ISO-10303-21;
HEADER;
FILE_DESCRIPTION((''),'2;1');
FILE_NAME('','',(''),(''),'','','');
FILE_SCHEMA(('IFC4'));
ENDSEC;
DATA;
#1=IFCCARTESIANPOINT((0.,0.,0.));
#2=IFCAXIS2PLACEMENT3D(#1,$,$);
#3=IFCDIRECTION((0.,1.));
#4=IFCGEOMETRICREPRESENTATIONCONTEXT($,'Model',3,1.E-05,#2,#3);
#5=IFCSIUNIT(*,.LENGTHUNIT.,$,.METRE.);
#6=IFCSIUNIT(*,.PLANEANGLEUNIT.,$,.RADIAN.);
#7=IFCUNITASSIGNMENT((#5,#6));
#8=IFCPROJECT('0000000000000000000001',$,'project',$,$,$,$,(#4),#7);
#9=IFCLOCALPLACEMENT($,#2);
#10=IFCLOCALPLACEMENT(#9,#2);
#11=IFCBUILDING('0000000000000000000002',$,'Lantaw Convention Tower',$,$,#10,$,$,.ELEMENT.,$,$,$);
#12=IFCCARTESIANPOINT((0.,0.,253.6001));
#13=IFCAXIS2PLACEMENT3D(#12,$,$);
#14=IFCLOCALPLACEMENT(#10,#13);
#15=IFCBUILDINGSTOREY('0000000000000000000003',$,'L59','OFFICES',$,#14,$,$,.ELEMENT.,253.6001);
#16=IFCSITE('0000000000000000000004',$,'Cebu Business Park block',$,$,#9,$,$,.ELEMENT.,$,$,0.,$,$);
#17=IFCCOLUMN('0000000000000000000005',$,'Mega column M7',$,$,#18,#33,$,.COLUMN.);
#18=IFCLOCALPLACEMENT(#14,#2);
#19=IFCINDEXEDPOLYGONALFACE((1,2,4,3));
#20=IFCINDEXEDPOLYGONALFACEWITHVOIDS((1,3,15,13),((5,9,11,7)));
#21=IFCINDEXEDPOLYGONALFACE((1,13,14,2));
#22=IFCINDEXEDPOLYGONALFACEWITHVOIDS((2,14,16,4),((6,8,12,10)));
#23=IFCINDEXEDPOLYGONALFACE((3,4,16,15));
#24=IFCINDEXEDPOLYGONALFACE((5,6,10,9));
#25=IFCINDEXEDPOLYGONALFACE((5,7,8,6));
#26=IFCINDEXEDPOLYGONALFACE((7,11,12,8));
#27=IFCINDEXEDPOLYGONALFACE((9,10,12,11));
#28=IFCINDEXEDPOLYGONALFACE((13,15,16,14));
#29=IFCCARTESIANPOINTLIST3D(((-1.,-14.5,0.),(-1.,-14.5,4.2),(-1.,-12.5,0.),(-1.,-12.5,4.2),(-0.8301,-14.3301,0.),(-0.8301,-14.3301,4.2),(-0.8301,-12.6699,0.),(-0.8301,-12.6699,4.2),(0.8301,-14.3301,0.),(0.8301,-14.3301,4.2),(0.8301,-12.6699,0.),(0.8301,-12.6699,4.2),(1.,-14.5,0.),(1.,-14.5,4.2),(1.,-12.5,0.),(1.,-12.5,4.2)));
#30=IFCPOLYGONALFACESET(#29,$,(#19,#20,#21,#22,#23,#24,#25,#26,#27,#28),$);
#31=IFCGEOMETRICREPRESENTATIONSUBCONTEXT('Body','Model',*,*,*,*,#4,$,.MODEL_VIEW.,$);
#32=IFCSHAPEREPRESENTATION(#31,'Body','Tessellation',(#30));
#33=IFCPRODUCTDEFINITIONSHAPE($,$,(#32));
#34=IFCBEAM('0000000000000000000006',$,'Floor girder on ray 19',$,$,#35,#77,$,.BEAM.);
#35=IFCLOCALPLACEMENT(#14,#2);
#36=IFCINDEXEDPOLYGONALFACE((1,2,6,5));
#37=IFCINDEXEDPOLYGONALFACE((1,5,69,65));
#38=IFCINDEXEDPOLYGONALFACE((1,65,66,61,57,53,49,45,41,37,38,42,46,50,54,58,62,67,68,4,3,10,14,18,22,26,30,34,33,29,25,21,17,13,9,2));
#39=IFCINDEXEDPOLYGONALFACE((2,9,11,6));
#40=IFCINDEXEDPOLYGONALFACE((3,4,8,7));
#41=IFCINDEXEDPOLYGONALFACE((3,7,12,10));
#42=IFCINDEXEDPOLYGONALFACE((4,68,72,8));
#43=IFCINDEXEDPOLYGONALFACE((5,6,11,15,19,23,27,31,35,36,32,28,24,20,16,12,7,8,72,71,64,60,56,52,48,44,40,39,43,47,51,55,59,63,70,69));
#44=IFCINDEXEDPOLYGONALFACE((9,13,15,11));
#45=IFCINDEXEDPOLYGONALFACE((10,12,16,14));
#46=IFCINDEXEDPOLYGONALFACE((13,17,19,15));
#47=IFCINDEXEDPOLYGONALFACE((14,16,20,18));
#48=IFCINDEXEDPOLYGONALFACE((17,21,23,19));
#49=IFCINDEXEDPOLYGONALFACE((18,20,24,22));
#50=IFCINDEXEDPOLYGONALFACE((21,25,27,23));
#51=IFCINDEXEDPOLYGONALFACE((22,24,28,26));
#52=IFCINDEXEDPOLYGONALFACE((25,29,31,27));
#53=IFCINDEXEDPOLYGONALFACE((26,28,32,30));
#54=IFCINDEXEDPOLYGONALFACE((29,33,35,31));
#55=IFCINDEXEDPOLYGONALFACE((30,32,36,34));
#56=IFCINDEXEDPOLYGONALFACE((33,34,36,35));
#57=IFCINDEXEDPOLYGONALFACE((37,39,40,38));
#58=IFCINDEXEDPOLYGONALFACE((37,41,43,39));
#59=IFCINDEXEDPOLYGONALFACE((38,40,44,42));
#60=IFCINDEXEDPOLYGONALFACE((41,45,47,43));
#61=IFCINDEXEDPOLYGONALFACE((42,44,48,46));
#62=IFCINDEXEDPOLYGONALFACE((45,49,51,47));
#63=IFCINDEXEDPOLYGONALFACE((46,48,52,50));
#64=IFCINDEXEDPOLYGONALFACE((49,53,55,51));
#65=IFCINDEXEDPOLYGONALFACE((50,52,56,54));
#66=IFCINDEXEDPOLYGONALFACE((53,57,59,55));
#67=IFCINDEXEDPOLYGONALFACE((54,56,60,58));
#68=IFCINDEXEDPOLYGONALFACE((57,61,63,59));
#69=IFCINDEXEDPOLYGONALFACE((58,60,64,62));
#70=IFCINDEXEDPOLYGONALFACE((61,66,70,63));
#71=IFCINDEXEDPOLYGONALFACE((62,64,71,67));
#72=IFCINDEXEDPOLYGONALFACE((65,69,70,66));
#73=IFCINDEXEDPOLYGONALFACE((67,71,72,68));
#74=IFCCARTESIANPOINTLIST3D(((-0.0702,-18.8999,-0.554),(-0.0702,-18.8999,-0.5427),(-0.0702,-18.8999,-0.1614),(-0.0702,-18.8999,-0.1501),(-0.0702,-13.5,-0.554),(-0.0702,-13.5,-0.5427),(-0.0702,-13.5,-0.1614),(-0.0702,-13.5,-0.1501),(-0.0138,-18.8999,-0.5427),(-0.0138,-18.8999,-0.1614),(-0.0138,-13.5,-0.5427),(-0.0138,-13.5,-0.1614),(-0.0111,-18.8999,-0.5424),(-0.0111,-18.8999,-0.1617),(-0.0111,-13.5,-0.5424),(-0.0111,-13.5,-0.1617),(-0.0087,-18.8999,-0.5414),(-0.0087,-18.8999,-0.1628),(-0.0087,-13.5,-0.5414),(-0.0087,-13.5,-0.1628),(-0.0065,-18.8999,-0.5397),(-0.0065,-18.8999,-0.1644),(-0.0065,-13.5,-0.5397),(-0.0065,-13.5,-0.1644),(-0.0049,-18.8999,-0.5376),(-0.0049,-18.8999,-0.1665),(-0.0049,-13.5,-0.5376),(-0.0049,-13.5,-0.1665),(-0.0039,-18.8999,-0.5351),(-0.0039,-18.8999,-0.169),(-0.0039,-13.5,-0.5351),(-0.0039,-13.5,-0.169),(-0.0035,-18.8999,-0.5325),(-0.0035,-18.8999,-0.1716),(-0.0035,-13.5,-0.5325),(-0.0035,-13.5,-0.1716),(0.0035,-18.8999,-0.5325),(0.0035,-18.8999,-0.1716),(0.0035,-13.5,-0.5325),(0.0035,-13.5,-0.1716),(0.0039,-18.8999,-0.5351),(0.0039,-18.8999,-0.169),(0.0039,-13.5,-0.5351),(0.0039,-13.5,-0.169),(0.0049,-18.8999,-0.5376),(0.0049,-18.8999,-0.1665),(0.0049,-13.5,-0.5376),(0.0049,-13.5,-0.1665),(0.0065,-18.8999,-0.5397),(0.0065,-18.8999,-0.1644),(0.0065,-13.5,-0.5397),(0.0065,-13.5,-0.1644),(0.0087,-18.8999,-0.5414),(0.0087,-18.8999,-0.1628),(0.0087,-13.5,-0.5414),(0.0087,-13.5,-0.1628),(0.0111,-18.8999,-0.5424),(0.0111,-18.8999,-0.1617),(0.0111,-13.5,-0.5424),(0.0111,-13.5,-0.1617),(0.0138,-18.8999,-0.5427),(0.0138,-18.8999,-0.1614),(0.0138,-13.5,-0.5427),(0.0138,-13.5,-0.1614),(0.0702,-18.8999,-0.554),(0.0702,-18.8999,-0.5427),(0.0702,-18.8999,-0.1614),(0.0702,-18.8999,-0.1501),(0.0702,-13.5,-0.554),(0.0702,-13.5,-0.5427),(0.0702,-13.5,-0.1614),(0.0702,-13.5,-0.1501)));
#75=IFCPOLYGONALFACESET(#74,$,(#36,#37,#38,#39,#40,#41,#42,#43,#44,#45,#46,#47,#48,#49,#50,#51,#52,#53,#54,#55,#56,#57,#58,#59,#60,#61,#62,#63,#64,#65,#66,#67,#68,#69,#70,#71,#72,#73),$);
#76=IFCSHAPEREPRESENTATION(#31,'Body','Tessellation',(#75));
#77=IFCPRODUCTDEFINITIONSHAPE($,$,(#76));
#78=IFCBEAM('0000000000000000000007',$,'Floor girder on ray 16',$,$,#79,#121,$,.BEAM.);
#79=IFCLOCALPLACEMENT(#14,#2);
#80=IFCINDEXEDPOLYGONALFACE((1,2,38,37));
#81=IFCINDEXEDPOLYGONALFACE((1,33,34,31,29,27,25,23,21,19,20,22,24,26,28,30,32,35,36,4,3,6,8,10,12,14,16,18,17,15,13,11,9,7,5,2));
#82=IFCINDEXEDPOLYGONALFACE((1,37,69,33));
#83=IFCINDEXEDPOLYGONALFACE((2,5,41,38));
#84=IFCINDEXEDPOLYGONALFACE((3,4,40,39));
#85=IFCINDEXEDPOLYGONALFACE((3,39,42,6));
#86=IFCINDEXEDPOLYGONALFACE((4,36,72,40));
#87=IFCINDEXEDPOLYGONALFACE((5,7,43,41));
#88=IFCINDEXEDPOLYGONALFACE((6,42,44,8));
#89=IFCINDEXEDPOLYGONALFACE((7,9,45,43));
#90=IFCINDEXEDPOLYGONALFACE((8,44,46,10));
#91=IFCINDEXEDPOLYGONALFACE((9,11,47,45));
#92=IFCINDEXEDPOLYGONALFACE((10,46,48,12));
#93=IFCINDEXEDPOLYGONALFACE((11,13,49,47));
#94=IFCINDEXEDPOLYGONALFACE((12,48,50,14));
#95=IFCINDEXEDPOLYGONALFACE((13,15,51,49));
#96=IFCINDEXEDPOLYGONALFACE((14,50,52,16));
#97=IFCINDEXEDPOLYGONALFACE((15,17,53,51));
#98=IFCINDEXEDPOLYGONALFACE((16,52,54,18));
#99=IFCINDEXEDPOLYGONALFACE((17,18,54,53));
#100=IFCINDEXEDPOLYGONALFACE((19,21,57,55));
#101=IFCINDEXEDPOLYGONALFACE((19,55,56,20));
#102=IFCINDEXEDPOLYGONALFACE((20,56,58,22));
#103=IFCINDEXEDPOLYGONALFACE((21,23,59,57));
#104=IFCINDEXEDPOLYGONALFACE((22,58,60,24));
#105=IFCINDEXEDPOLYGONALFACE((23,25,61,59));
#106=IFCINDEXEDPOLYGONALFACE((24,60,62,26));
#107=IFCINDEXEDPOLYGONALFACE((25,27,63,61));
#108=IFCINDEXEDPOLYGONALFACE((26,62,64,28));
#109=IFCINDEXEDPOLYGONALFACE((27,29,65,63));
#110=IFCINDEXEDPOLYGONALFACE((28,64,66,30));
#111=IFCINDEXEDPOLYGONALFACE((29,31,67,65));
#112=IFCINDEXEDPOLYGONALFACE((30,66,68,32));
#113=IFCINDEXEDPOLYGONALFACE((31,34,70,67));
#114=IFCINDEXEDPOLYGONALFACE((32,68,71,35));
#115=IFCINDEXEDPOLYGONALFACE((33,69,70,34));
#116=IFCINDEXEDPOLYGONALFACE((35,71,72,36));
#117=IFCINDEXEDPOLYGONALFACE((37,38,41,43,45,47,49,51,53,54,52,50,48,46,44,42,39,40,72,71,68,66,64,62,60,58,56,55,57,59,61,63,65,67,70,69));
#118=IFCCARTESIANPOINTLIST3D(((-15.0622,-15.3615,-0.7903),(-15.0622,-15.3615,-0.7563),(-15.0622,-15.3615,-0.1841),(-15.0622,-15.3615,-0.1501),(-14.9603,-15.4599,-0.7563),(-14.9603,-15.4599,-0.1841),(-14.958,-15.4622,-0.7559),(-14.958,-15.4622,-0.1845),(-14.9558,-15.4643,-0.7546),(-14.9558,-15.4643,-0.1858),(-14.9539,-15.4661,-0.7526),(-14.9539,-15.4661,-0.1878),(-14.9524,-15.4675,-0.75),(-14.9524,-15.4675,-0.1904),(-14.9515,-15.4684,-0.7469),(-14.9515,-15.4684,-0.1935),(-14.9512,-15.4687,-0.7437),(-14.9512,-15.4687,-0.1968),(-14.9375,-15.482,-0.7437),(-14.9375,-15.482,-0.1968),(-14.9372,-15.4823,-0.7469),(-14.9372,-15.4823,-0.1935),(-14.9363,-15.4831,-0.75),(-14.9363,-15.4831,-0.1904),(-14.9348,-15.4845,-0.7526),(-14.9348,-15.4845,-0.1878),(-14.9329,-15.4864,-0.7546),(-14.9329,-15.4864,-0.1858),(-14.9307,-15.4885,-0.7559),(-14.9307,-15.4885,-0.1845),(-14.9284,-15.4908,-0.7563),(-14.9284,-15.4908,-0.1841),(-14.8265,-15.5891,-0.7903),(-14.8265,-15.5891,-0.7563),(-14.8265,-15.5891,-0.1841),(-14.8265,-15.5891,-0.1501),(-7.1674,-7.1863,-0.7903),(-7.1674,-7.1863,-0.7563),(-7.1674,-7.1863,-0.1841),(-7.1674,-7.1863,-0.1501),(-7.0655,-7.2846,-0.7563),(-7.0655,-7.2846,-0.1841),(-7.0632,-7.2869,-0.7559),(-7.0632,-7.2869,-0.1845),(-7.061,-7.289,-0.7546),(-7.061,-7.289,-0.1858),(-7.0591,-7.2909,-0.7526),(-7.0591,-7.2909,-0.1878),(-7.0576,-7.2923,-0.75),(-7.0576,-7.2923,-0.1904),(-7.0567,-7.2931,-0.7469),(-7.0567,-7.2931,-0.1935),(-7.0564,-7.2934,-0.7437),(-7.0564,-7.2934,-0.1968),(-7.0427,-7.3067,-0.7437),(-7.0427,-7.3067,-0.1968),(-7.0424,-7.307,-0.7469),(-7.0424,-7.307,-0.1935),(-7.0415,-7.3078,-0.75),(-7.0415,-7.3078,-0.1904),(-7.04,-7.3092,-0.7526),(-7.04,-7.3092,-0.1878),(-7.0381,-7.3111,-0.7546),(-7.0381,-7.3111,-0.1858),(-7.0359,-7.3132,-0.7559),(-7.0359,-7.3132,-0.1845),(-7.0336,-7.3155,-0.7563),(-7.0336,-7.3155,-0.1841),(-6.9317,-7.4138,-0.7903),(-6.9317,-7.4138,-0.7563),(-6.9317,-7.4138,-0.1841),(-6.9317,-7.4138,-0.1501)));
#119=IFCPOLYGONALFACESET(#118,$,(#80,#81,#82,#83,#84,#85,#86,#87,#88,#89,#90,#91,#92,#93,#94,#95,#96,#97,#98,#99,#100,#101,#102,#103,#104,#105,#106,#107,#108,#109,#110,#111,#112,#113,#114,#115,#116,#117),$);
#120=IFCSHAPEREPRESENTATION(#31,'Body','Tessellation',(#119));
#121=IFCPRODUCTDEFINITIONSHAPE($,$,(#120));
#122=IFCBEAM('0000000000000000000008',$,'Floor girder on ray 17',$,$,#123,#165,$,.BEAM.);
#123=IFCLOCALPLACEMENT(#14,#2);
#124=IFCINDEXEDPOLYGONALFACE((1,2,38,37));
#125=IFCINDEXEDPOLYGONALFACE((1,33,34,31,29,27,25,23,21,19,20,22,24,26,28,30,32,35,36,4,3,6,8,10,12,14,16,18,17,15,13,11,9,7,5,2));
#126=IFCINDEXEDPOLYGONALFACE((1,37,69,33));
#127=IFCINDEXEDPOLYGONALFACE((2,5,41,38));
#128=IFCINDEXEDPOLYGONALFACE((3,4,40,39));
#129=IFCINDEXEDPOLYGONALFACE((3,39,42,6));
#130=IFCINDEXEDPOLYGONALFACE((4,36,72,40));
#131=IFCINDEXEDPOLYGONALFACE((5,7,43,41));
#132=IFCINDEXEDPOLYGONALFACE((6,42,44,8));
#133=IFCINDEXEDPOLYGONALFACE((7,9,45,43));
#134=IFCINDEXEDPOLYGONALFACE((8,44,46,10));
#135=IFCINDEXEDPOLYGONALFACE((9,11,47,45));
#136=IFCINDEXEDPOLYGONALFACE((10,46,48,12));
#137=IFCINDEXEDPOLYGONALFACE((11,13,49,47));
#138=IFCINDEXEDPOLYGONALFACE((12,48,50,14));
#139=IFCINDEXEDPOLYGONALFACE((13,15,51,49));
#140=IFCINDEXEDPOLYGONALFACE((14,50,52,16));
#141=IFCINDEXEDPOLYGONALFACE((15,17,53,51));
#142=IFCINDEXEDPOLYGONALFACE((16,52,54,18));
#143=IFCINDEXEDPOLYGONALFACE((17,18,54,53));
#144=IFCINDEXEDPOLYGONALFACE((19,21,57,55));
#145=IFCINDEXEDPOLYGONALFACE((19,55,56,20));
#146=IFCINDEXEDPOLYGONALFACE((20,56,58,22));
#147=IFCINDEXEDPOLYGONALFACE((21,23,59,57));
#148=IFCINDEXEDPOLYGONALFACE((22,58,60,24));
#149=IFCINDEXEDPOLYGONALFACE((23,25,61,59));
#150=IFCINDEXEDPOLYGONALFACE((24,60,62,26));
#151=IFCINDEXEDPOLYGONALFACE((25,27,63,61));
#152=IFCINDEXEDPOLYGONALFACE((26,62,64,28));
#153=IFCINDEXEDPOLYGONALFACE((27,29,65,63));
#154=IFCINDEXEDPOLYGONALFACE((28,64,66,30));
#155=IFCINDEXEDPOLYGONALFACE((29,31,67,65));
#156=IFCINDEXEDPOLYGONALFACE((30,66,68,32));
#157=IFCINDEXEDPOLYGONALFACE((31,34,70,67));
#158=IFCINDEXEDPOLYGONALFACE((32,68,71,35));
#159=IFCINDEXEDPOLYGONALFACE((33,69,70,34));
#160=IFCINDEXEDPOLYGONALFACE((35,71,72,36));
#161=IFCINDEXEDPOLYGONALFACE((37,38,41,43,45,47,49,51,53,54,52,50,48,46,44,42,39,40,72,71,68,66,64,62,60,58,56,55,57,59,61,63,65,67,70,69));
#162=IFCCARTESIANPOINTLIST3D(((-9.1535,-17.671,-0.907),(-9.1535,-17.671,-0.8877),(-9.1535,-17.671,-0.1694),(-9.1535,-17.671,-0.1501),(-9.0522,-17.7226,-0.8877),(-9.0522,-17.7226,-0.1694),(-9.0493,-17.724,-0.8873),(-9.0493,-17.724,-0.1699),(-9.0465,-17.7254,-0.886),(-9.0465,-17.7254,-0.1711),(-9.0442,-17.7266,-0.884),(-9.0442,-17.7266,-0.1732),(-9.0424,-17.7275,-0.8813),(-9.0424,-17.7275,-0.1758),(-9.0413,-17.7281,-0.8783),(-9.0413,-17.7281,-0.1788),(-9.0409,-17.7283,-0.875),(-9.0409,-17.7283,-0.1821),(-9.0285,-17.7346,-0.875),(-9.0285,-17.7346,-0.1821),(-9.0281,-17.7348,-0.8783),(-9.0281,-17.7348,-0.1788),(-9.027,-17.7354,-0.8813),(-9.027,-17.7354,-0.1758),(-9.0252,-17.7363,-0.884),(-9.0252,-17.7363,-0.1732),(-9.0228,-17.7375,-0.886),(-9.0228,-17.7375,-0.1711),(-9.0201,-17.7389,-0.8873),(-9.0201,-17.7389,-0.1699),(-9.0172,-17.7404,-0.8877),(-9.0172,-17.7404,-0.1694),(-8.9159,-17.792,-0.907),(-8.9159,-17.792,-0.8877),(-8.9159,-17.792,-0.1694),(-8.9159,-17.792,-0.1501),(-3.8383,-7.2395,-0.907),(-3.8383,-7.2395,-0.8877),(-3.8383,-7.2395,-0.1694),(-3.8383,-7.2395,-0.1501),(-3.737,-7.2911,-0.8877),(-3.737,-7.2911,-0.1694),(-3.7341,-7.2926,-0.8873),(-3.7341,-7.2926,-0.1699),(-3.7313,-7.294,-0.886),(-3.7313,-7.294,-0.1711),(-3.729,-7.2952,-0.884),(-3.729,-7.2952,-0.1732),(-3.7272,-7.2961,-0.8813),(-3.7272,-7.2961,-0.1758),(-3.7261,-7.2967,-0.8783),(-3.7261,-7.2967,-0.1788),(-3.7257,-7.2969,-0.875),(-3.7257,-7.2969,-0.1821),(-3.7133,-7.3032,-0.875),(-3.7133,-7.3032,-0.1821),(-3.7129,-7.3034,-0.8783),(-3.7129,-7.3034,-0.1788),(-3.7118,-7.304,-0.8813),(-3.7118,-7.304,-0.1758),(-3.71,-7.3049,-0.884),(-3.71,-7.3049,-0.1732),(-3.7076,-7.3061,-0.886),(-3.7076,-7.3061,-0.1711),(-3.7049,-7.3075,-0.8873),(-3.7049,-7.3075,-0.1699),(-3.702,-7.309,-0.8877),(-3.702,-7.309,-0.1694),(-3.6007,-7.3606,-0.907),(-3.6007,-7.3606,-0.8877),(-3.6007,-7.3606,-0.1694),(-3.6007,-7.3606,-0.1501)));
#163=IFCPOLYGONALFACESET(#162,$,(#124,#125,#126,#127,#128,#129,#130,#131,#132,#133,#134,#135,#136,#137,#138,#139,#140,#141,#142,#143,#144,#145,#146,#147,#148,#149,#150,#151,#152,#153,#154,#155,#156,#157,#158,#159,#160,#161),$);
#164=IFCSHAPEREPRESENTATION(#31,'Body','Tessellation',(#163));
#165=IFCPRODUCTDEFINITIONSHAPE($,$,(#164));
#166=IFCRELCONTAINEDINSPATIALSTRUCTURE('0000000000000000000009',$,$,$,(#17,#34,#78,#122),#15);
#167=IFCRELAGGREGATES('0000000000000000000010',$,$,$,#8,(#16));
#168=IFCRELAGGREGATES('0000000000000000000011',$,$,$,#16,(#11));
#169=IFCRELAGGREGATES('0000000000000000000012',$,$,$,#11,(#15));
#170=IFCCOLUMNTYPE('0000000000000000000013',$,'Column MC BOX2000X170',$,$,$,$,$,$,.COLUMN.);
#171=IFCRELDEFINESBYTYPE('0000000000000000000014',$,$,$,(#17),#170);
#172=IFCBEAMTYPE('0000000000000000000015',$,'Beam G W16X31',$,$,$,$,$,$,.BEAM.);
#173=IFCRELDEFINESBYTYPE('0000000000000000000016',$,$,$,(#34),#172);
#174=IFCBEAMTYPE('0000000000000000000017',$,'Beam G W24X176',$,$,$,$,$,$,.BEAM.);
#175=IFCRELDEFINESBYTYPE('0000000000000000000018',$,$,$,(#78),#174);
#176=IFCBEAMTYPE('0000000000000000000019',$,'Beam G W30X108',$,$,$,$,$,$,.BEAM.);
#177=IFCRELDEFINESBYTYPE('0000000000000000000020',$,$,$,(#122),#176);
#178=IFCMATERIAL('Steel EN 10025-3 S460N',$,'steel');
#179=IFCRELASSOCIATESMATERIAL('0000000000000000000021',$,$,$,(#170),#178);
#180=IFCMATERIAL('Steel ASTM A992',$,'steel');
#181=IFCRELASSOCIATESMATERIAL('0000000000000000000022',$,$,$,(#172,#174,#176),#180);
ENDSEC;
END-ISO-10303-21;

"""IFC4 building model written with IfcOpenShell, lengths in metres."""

from ifc_helpers import new_model, si_unit, direction, frame, origin, origin_2d, place, context, subcontext, project, spatial, rectangle, hollow_rectangle, i_section, extrude, material, material_profile, profile_set, type_object, element, save


model = new_model("IFC4")

# Units and contexts
model_context = context("Model", 3, precision=1e-05, world=origin(), true_north=direction((0.0, 1.0)))
body_context = subcontext(model_context, "Body", "Model", "MODEL_VIEW")
ifc_project = project(units=[si_unit("LENGTHUNIT", "METRE"), si_unit("PLANEANGLEUNIT", "RADIAN")], contexts=[model_context])

# Site, building, storey
site_placement = place(None, origin())
site = spatial("IfcSite", under=ifc_project, at=site_placement, Name="Cebu Business Park block", CompositionType="ELEMENT", RefElevation=0.0)
building_placement = place(site_placement, origin())
building = spatial("IfcBuilding", under=site, at=building_placement, Name="Lantaw Convention Tower", CompositionType="ELEMENT")
storey_placement = place(building_placement, frame((0.0, 0.0, 253.6001)))
storey = spatial("IfcBuildingStorey", under=building, at=storey_placement, Name="L59", Description="OFFICES", CompositionType="ELEMENT", Elevation=253.6001)

# Column
ifc_material_1 = material(Name="Steel EN 10025-3 S460N", Category="steel")
ifc_material_profile_1 = material_profile(ifc_material_1, hollow_rectangle(XDim=2.0, YDim=2.0, WallThickness=0.1699, at=origin_2d()), Name="BOX2000X170")
ifc_material_2 = material(Name="Concrete C60/75", Category="concrete")
ifc_material_profile_2 = material_profile(ifc_material_2, rectangle(XDim=1.6599, YDim=1.6599, at=origin_2d()), Name="Concrete fill of BOX2000X170")
ifc_profile_set_1 = profile_set([ifc_material_profile_1, ifc_material_profile_2], Name="Steel EN 10025-3 S460N")
column_type = type_object("IfcColumnType", Name="Column MC BOX2000X170", PredefinedType="COLUMN", material=ifc_profile_set_1)
column_placement = place(storey_placement, frame((0.0, -13.5, 0.0), z_axis=(0.0, 0.0, 1.0), x_axis=(1.0, 0.0, 0.0)))
element("IfcColumn", 1, at=column_placement, inside=storey, type_object=column_type, Name="Mega column M7", PredefinedType="COLUMN", context=body_context, shape_type="SweptSolid", body=[
    extrude(hollow_rectangle(XDim=2.0, YDim=2.0, WallThickness=0.1699, at=origin_2d()), origin(), (0.0, 0.0, 1.0), 4.2),
])

# Beams
ifc_material_3 = material(Name="Steel ASTM A992", Category="steel")
ifc_material_profile_3 = material_profile(ifc_material_3, i_section(OverallWidth=0.1404, OverallDepth=0.4038, WebThickness=0.0071, FlangeThickness=0.0112, FilletRadius=0.0103, at=origin_2d()), Name="W16X31")
ifc_profile_set_2 = profile_set([ifc_material_profile_3], Name="Steel ASTM A992")
beam_type_1 = type_object("IfcBeamType", Name="Beam G W16X31", PredefinedType="BEAM", material=ifc_profile_set_2)
beam_1_placement = place(storey_placement, frame((0.0, -13.5, -0.3521), z_axis=(0.0, -1.0, 0.0), x_axis=(1.0, 0.0, 0.0)))
element("IfcBeam", 2, at=beam_1_placement, inside=storey, type_object=beam_type_1, Name="Floor girder on ray 19", PredefinedType="BEAM", context=body_context, shape_type="SweptSolid", body=[
    extrude(i_section(OverallWidth=0.1404, OverallDepth=0.4038, WebThickness=0.0071, FlangeThickness=0.0112, FilletRadius=0.0103, at=origin_2d()), origin(), (0.0, 0.0, 1.0), 5.3999),
])
ifc_material_profile_4 = material_profile(ifc_material_3, i_section(OverallWidth=0.3276, OverallDepth=0.6401, WebThickness=0.019, FlangeThickness=0.0339, FilletRadius=0.0127, at=origin_2d()), Name="W24X176")
ifc_profile_set_3 = profile_set([ifc_material_profile_4], Name="Steel ASTM A992")
beam_type_2 = type_object("IfcBeamType", Name="Beam G W24X176", PredefinedType="BEAM", material=ifc_profile_set_3)
beam_2_placement = place(storey_placement, frame((-7.0496, -7.3, -0.4702), z_axis=(-0.694658, -0.71934, 0.0), x_axis=(0.71934, -0.694658, 0.0)))
element("IfcBeam", 3, at=beam_2_placement, inside=storey, type_object=beam_type_2, Name="Floor girder on ray 16", PredefinedType="BEAM", context=body_context, shape_type="SweptSolid", body=[
    extrude(i_section(OverallWidth=0.3276, OverallDepth=0.6401, WebThickness=0.019, FlangeThickness=0.0339, FilletRadius=0.0127, at=origin_2d()), origin(), (0.0, 0.0, 1.0), 11.365),
])
ifc_material_profile_5 = material_profile(ifc_material_3, i_section(OverallWidth=0.2666, OverallDepth=0.7568, WebThickness=0.0139, FlangeThickness=0.0193, FilletRadius=0.0127, at=origin_2d()), Name="W30X108")
ifc_profile_set_4 = profile_set([ifc_material_profile_5], Name="Steel ASTM A992")
beam_type_3 = type_object("IfcBeamType", Name="Beam G W30X108", PredefinedType="BEAM", material=ifc_profile_set_4)
beam_3_placement = place(storey_placement, frame((-3.7195, -7.3, -0.5286), z_axis=(-0.453999, -0.891002, 0.0), x_axis=(0.891002, -0.453999, 0.0)))
element("IfcBeam", 4, at=beam_3_placement, inside=storey, type_object=beam_type_3, Name="Floor girder on ray 17", PredefinedType="BEAM", context=body_context, shape_type="SweptSolid", body=[
    extrude(i_section(OverallWidth=0.2666, OverallDepth=0.7568, WebThickness=0.0139, FlangeThickness=0.0193, FilletRadius=0.0127, at=origin_2d()), origin(), (0.0, 0.0, 1.0), 11.7075),
])

save(model, "model.ifc")
